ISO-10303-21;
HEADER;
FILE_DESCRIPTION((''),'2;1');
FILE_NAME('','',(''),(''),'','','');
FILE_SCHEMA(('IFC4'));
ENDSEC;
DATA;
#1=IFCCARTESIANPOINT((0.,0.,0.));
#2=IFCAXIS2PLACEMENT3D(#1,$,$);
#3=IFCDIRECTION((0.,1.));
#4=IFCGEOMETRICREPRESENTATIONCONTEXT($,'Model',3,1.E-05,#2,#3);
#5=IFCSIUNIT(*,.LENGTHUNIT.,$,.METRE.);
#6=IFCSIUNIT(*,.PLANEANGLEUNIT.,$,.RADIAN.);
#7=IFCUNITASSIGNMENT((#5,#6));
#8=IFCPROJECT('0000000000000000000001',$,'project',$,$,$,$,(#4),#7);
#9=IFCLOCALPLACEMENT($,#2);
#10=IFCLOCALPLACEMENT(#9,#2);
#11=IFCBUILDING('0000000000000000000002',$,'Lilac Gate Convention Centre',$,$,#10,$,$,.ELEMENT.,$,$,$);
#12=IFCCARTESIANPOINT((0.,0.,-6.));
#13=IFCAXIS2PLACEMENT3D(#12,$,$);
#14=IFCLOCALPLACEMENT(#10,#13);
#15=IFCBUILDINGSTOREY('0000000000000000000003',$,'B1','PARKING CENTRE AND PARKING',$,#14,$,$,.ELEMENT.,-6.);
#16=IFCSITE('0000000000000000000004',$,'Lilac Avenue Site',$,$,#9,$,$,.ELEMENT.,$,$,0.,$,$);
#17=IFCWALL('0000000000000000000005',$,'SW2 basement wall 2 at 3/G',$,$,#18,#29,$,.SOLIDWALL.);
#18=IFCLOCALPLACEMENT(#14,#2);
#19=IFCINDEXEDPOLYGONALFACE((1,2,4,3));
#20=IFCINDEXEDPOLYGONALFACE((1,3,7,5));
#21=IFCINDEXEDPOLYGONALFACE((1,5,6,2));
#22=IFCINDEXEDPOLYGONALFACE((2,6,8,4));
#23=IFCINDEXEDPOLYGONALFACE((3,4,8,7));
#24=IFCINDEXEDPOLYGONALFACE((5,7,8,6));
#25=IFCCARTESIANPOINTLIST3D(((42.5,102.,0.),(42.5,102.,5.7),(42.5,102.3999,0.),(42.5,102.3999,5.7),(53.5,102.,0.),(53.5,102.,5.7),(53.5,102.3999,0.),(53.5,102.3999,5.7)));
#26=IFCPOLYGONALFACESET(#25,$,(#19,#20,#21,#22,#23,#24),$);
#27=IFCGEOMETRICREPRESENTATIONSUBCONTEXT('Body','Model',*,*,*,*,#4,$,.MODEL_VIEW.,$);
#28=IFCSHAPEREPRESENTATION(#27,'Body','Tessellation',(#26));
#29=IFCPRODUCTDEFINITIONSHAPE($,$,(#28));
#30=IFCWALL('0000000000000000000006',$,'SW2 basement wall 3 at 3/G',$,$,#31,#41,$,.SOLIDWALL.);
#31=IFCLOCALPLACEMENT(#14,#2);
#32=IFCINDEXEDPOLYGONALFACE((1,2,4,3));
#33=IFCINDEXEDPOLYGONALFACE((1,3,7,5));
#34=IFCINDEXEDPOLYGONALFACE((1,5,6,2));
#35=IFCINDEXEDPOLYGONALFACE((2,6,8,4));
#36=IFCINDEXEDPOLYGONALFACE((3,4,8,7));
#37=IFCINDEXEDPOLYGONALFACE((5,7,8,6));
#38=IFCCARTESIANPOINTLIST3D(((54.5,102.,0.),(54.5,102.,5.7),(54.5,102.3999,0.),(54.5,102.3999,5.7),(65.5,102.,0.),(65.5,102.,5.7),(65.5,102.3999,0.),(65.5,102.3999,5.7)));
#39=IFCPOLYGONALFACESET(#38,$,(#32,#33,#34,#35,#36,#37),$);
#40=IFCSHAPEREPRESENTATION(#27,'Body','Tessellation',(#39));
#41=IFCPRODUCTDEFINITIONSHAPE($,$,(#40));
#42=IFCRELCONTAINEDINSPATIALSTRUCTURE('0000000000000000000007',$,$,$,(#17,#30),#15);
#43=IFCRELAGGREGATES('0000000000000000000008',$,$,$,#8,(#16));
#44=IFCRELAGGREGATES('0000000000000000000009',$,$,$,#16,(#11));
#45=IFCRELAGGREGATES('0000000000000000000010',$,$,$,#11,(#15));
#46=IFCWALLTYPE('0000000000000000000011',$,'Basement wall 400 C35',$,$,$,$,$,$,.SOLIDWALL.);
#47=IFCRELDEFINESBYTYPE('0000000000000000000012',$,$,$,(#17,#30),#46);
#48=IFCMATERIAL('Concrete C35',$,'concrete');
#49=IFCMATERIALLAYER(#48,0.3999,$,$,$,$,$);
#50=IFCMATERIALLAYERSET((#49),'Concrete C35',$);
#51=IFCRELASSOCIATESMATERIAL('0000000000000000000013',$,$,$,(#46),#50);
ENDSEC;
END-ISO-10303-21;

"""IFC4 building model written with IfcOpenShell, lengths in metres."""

from ifc_helpers import new_model, si_unit, direction, frame, frame_2d, origin, place, context, subcontext, project, spatial, rectangle, extrude, material, layer, layer_set, type_object, element, save


model = new_model("IFC4")

# Units and contexts
model_context = context("Model", 3, precision=1e-05, world=origin(), true_north=direction((0.0, 1.0)))
body_context = subcontext(model_context, "Body", "Model", "MODEL_VIEW")
ifc_project = project(units=[si_unit("LENGTHUNIT", "METRE"), si_unit("PLANEANGLEUNIT", "RADIAN")], contexts=[model_context])

# Site, building, storey
site_placement = place(None, origin())
site = spatial("IfcSite", under=ifc_project, at=site_placement, Name="Lilac Avenue Site", CompositionType="ELEMENT", RefElevation=0.0)
building_placement = place(site_placement, origin())
building = spatial("IfcBuilding", under=site, at=building_placement, Name="Lilac Gate Convention Centre", CompositionType="ELEMENT")
storey_placement = place(building_placement, frame((0.0, 0.0, -6.0)))
storey = spatial("IfcBuildingStorey", under=building, at=storey_placement, Name="B1", Description="PARKING CENTRE AND PARKING", CompositionType="ELEMENT", Elevation=-6.0)

# Shared definitions
ifc_material_1 = material(Name="Concrete C35", Category="concrete")

# Walls
ifc_layer = layer(ifc_material_1, 0.3999)
ifc_layer_set = layer_set([ifc_layer], Name="Concrete C35")
wall_type = type_object("IfcWallType", Name="Basement wall 400 C35", PredefinedType="SOLIDWALL", material=ifc_layer_set)
for number, where, z_axis, x_axis, name in (
    (1, (42.5, 102.2, 0.0), (0.0, 0.0, 1.0), (1.0, 0.0, 0.0), "SW2 basement wall 2 at 3/G"),
    (2, (54.5, 102.2, 0.0), (0.0, 0.0, 1.0), (1.0, 0.0, 0.0), "SW2 basement wall 3 at 3/G"),
):
    element("IfcWall", number, at=place(storey_placement, frame(where, z_axis=z_axis, x_axis=x_axis)), inside=storey, type_object=wall_type, Name=name, PredefinedType="SOLIDWALL", context=body_context, shape_type="SweptSolid", body=[
        extrude(rectangle(XDim=11.0, YDim=0.3999, at=frame_2d((5.5, 0.0))), origin(), (0.0, 0.0, 1.0), 5.7),
    ])

save(model, "model.ifc")
